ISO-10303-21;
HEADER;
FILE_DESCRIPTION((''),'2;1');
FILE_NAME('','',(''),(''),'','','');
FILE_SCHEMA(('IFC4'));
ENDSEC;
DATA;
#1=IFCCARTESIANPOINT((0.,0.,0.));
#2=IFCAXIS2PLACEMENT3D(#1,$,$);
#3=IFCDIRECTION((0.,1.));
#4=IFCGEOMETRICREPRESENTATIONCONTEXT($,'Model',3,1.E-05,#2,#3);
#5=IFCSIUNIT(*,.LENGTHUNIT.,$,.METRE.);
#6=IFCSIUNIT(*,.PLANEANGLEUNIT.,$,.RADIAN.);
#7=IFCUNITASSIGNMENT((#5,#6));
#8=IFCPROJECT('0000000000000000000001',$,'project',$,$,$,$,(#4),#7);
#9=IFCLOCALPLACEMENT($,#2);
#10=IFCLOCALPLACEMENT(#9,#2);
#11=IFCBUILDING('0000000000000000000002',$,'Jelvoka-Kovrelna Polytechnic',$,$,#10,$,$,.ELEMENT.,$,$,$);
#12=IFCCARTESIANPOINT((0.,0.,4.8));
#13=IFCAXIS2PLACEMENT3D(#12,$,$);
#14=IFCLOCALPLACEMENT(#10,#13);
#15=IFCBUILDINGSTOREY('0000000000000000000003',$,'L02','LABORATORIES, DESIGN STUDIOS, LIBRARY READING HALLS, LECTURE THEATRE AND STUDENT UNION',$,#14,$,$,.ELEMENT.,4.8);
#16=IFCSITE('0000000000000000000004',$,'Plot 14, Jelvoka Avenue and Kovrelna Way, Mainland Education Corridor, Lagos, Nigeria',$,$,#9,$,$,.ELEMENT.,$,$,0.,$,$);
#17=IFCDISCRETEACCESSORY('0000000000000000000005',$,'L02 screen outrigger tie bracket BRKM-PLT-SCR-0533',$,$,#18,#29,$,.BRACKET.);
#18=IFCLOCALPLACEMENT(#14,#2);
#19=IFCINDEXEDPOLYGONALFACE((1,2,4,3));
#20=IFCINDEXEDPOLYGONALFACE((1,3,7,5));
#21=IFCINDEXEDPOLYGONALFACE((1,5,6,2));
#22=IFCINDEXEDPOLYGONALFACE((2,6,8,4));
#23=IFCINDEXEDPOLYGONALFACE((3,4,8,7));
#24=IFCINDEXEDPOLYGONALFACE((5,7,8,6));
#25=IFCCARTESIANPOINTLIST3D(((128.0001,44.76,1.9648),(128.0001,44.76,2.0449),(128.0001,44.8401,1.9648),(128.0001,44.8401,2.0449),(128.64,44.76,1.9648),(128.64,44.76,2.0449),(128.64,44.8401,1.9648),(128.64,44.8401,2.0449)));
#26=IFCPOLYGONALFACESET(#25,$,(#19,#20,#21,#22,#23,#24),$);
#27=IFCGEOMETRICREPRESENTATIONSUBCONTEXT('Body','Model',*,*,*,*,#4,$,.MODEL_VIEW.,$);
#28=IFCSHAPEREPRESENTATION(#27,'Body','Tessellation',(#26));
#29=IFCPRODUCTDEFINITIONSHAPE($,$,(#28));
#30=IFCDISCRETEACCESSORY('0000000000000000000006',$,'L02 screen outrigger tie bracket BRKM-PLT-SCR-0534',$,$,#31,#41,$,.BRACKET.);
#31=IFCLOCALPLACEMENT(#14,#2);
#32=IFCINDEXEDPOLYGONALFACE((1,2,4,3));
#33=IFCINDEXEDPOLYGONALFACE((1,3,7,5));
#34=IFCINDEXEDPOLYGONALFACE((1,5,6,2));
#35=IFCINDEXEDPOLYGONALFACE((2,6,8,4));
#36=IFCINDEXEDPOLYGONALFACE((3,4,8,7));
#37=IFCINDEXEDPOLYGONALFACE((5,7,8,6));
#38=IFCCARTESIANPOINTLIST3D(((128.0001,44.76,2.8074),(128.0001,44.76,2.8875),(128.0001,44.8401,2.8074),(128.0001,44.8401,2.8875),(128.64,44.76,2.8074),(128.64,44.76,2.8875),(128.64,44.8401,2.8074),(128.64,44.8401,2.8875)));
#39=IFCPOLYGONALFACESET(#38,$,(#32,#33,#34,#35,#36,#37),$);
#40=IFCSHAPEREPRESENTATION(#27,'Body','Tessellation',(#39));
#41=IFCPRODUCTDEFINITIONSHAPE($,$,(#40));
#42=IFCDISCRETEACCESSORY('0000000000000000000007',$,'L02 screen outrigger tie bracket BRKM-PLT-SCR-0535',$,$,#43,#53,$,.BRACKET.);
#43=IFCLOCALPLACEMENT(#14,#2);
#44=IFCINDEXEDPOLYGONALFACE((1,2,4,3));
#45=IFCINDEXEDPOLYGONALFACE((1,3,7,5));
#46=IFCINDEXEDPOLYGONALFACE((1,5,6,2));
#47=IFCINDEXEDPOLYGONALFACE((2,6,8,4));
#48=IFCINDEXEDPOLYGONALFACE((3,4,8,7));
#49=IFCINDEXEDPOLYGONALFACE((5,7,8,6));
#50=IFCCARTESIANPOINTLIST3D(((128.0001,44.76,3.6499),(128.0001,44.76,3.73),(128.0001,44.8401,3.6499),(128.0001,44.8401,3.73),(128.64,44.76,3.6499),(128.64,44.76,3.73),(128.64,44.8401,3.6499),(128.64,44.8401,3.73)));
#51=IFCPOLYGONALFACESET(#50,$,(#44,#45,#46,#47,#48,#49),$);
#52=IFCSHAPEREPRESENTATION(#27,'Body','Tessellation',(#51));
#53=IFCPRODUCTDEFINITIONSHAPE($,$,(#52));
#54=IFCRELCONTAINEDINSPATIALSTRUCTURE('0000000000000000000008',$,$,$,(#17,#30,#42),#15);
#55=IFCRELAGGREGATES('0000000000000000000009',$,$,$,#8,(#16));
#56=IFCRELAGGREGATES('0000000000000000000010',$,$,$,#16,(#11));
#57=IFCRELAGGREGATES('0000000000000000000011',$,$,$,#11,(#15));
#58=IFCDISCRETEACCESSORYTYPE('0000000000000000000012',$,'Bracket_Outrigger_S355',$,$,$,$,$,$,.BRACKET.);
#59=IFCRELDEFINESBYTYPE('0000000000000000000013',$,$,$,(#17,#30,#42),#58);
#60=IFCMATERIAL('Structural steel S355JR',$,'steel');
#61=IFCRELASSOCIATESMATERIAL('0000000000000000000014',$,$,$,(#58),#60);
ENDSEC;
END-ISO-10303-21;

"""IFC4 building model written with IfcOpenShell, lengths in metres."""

from ifc_helpers import new_model, si_unit, direction, frame, origin, origin_2d, place, context, subcontext, project, spatial, rectangle, extrude, material, type_object, element, save


model = new_model("IFC4")

# Units and contexts
model_context = context("Model", 3, precision=1e-05, world=origin(), true_north=direction((0.0, 1.0)))
body_context = subcontext(model_context, "Body", "Model", "MODEL_VIEW")
ifc_project = project(units=[si_unit("LENGTHUNIT", "METRE"), si_unit("PLANEANGLEUNIT", "RADIAN")], contexts=[model_context])

# Site, building, storey
site_placement = place(None, origin())
site = spatial("IfcSite", under=ifc_project, at=site_placement, Name="Plot 14, Jelvoka Avenue and Kovrelna Way, Mainland Education Corridor, Lagos, Nigeria", CompositionType="ELEMENT", RefElevation=0.0)
building_placement = place(site_placement, origin())
building = spatial("IfcBuilding", under=site, at=building_placement, Name="Jelvoka-Kovrelna Polytechnic", CompositionType="ELEMENT")
storey_placement = place(building_placement, frame((0.0, 0.0, 4.8)))
storey = spatial("IfcBuildingStorey", under=building, at=storey_placement, Name="L02", Description="LABORATORIES, DESIGN STUDIOS, LIBRARY READING HALLS, LECTURE THEATRE AND STUDENT UNION", CompositionType="ELEMENT", Elevation=4.8)

# Discrete accessories
ifc_material_1 = material(Name="Structural steel S355JR", Category="steel")
discrete_accessory_type = type_object("IfcDiscreteAccessoryType", Name="Bracket_Outrigger_S355", PredefinedType="BRACKET", material=ifc_material_1)
for number, where, z_axis, x_axis, name in (
    (1, (128.3201, 44.8, 1.9648), (0.0, 0.0, 1.0), (1.0, 0.0, 0.0), "L02 screen outrigger tie bracket BRKM-PLT-SCR-0533"),
    (2, (128.3201, 44.8, 2.8074), (0.0, 0.0, 1.0), (1.0, 0.0, 0.0), "L02 screen outrigger tie bracket BRKM-PLT-SCR-0534"),
    (3, (128.3201, 44.8, 3.6499), (0.0, 0.0, 1.0), (1.0, 0.0, 0.0), "L02 screen outrigger tie bracket BRKM-PLT-SCR-0535"),
):
    element("IfcDiscreteAccessory", number, at=place(storey_placement, frame(where, z_axis=z_axis, x_axis=x_axis)), inside=storey, type_object=discrete_accessory_type, Name=name, PredefinedType="BRACKET", context=body_context, shape_type="SweptSolid", body=[
        extrude(rectangle(XDim=0.6399, YDim=0.0801, at=origin_2d()), origin(), (0.0, 0.0, 1.0), 0.0801),
    ])

save(model, "model.ifc")
